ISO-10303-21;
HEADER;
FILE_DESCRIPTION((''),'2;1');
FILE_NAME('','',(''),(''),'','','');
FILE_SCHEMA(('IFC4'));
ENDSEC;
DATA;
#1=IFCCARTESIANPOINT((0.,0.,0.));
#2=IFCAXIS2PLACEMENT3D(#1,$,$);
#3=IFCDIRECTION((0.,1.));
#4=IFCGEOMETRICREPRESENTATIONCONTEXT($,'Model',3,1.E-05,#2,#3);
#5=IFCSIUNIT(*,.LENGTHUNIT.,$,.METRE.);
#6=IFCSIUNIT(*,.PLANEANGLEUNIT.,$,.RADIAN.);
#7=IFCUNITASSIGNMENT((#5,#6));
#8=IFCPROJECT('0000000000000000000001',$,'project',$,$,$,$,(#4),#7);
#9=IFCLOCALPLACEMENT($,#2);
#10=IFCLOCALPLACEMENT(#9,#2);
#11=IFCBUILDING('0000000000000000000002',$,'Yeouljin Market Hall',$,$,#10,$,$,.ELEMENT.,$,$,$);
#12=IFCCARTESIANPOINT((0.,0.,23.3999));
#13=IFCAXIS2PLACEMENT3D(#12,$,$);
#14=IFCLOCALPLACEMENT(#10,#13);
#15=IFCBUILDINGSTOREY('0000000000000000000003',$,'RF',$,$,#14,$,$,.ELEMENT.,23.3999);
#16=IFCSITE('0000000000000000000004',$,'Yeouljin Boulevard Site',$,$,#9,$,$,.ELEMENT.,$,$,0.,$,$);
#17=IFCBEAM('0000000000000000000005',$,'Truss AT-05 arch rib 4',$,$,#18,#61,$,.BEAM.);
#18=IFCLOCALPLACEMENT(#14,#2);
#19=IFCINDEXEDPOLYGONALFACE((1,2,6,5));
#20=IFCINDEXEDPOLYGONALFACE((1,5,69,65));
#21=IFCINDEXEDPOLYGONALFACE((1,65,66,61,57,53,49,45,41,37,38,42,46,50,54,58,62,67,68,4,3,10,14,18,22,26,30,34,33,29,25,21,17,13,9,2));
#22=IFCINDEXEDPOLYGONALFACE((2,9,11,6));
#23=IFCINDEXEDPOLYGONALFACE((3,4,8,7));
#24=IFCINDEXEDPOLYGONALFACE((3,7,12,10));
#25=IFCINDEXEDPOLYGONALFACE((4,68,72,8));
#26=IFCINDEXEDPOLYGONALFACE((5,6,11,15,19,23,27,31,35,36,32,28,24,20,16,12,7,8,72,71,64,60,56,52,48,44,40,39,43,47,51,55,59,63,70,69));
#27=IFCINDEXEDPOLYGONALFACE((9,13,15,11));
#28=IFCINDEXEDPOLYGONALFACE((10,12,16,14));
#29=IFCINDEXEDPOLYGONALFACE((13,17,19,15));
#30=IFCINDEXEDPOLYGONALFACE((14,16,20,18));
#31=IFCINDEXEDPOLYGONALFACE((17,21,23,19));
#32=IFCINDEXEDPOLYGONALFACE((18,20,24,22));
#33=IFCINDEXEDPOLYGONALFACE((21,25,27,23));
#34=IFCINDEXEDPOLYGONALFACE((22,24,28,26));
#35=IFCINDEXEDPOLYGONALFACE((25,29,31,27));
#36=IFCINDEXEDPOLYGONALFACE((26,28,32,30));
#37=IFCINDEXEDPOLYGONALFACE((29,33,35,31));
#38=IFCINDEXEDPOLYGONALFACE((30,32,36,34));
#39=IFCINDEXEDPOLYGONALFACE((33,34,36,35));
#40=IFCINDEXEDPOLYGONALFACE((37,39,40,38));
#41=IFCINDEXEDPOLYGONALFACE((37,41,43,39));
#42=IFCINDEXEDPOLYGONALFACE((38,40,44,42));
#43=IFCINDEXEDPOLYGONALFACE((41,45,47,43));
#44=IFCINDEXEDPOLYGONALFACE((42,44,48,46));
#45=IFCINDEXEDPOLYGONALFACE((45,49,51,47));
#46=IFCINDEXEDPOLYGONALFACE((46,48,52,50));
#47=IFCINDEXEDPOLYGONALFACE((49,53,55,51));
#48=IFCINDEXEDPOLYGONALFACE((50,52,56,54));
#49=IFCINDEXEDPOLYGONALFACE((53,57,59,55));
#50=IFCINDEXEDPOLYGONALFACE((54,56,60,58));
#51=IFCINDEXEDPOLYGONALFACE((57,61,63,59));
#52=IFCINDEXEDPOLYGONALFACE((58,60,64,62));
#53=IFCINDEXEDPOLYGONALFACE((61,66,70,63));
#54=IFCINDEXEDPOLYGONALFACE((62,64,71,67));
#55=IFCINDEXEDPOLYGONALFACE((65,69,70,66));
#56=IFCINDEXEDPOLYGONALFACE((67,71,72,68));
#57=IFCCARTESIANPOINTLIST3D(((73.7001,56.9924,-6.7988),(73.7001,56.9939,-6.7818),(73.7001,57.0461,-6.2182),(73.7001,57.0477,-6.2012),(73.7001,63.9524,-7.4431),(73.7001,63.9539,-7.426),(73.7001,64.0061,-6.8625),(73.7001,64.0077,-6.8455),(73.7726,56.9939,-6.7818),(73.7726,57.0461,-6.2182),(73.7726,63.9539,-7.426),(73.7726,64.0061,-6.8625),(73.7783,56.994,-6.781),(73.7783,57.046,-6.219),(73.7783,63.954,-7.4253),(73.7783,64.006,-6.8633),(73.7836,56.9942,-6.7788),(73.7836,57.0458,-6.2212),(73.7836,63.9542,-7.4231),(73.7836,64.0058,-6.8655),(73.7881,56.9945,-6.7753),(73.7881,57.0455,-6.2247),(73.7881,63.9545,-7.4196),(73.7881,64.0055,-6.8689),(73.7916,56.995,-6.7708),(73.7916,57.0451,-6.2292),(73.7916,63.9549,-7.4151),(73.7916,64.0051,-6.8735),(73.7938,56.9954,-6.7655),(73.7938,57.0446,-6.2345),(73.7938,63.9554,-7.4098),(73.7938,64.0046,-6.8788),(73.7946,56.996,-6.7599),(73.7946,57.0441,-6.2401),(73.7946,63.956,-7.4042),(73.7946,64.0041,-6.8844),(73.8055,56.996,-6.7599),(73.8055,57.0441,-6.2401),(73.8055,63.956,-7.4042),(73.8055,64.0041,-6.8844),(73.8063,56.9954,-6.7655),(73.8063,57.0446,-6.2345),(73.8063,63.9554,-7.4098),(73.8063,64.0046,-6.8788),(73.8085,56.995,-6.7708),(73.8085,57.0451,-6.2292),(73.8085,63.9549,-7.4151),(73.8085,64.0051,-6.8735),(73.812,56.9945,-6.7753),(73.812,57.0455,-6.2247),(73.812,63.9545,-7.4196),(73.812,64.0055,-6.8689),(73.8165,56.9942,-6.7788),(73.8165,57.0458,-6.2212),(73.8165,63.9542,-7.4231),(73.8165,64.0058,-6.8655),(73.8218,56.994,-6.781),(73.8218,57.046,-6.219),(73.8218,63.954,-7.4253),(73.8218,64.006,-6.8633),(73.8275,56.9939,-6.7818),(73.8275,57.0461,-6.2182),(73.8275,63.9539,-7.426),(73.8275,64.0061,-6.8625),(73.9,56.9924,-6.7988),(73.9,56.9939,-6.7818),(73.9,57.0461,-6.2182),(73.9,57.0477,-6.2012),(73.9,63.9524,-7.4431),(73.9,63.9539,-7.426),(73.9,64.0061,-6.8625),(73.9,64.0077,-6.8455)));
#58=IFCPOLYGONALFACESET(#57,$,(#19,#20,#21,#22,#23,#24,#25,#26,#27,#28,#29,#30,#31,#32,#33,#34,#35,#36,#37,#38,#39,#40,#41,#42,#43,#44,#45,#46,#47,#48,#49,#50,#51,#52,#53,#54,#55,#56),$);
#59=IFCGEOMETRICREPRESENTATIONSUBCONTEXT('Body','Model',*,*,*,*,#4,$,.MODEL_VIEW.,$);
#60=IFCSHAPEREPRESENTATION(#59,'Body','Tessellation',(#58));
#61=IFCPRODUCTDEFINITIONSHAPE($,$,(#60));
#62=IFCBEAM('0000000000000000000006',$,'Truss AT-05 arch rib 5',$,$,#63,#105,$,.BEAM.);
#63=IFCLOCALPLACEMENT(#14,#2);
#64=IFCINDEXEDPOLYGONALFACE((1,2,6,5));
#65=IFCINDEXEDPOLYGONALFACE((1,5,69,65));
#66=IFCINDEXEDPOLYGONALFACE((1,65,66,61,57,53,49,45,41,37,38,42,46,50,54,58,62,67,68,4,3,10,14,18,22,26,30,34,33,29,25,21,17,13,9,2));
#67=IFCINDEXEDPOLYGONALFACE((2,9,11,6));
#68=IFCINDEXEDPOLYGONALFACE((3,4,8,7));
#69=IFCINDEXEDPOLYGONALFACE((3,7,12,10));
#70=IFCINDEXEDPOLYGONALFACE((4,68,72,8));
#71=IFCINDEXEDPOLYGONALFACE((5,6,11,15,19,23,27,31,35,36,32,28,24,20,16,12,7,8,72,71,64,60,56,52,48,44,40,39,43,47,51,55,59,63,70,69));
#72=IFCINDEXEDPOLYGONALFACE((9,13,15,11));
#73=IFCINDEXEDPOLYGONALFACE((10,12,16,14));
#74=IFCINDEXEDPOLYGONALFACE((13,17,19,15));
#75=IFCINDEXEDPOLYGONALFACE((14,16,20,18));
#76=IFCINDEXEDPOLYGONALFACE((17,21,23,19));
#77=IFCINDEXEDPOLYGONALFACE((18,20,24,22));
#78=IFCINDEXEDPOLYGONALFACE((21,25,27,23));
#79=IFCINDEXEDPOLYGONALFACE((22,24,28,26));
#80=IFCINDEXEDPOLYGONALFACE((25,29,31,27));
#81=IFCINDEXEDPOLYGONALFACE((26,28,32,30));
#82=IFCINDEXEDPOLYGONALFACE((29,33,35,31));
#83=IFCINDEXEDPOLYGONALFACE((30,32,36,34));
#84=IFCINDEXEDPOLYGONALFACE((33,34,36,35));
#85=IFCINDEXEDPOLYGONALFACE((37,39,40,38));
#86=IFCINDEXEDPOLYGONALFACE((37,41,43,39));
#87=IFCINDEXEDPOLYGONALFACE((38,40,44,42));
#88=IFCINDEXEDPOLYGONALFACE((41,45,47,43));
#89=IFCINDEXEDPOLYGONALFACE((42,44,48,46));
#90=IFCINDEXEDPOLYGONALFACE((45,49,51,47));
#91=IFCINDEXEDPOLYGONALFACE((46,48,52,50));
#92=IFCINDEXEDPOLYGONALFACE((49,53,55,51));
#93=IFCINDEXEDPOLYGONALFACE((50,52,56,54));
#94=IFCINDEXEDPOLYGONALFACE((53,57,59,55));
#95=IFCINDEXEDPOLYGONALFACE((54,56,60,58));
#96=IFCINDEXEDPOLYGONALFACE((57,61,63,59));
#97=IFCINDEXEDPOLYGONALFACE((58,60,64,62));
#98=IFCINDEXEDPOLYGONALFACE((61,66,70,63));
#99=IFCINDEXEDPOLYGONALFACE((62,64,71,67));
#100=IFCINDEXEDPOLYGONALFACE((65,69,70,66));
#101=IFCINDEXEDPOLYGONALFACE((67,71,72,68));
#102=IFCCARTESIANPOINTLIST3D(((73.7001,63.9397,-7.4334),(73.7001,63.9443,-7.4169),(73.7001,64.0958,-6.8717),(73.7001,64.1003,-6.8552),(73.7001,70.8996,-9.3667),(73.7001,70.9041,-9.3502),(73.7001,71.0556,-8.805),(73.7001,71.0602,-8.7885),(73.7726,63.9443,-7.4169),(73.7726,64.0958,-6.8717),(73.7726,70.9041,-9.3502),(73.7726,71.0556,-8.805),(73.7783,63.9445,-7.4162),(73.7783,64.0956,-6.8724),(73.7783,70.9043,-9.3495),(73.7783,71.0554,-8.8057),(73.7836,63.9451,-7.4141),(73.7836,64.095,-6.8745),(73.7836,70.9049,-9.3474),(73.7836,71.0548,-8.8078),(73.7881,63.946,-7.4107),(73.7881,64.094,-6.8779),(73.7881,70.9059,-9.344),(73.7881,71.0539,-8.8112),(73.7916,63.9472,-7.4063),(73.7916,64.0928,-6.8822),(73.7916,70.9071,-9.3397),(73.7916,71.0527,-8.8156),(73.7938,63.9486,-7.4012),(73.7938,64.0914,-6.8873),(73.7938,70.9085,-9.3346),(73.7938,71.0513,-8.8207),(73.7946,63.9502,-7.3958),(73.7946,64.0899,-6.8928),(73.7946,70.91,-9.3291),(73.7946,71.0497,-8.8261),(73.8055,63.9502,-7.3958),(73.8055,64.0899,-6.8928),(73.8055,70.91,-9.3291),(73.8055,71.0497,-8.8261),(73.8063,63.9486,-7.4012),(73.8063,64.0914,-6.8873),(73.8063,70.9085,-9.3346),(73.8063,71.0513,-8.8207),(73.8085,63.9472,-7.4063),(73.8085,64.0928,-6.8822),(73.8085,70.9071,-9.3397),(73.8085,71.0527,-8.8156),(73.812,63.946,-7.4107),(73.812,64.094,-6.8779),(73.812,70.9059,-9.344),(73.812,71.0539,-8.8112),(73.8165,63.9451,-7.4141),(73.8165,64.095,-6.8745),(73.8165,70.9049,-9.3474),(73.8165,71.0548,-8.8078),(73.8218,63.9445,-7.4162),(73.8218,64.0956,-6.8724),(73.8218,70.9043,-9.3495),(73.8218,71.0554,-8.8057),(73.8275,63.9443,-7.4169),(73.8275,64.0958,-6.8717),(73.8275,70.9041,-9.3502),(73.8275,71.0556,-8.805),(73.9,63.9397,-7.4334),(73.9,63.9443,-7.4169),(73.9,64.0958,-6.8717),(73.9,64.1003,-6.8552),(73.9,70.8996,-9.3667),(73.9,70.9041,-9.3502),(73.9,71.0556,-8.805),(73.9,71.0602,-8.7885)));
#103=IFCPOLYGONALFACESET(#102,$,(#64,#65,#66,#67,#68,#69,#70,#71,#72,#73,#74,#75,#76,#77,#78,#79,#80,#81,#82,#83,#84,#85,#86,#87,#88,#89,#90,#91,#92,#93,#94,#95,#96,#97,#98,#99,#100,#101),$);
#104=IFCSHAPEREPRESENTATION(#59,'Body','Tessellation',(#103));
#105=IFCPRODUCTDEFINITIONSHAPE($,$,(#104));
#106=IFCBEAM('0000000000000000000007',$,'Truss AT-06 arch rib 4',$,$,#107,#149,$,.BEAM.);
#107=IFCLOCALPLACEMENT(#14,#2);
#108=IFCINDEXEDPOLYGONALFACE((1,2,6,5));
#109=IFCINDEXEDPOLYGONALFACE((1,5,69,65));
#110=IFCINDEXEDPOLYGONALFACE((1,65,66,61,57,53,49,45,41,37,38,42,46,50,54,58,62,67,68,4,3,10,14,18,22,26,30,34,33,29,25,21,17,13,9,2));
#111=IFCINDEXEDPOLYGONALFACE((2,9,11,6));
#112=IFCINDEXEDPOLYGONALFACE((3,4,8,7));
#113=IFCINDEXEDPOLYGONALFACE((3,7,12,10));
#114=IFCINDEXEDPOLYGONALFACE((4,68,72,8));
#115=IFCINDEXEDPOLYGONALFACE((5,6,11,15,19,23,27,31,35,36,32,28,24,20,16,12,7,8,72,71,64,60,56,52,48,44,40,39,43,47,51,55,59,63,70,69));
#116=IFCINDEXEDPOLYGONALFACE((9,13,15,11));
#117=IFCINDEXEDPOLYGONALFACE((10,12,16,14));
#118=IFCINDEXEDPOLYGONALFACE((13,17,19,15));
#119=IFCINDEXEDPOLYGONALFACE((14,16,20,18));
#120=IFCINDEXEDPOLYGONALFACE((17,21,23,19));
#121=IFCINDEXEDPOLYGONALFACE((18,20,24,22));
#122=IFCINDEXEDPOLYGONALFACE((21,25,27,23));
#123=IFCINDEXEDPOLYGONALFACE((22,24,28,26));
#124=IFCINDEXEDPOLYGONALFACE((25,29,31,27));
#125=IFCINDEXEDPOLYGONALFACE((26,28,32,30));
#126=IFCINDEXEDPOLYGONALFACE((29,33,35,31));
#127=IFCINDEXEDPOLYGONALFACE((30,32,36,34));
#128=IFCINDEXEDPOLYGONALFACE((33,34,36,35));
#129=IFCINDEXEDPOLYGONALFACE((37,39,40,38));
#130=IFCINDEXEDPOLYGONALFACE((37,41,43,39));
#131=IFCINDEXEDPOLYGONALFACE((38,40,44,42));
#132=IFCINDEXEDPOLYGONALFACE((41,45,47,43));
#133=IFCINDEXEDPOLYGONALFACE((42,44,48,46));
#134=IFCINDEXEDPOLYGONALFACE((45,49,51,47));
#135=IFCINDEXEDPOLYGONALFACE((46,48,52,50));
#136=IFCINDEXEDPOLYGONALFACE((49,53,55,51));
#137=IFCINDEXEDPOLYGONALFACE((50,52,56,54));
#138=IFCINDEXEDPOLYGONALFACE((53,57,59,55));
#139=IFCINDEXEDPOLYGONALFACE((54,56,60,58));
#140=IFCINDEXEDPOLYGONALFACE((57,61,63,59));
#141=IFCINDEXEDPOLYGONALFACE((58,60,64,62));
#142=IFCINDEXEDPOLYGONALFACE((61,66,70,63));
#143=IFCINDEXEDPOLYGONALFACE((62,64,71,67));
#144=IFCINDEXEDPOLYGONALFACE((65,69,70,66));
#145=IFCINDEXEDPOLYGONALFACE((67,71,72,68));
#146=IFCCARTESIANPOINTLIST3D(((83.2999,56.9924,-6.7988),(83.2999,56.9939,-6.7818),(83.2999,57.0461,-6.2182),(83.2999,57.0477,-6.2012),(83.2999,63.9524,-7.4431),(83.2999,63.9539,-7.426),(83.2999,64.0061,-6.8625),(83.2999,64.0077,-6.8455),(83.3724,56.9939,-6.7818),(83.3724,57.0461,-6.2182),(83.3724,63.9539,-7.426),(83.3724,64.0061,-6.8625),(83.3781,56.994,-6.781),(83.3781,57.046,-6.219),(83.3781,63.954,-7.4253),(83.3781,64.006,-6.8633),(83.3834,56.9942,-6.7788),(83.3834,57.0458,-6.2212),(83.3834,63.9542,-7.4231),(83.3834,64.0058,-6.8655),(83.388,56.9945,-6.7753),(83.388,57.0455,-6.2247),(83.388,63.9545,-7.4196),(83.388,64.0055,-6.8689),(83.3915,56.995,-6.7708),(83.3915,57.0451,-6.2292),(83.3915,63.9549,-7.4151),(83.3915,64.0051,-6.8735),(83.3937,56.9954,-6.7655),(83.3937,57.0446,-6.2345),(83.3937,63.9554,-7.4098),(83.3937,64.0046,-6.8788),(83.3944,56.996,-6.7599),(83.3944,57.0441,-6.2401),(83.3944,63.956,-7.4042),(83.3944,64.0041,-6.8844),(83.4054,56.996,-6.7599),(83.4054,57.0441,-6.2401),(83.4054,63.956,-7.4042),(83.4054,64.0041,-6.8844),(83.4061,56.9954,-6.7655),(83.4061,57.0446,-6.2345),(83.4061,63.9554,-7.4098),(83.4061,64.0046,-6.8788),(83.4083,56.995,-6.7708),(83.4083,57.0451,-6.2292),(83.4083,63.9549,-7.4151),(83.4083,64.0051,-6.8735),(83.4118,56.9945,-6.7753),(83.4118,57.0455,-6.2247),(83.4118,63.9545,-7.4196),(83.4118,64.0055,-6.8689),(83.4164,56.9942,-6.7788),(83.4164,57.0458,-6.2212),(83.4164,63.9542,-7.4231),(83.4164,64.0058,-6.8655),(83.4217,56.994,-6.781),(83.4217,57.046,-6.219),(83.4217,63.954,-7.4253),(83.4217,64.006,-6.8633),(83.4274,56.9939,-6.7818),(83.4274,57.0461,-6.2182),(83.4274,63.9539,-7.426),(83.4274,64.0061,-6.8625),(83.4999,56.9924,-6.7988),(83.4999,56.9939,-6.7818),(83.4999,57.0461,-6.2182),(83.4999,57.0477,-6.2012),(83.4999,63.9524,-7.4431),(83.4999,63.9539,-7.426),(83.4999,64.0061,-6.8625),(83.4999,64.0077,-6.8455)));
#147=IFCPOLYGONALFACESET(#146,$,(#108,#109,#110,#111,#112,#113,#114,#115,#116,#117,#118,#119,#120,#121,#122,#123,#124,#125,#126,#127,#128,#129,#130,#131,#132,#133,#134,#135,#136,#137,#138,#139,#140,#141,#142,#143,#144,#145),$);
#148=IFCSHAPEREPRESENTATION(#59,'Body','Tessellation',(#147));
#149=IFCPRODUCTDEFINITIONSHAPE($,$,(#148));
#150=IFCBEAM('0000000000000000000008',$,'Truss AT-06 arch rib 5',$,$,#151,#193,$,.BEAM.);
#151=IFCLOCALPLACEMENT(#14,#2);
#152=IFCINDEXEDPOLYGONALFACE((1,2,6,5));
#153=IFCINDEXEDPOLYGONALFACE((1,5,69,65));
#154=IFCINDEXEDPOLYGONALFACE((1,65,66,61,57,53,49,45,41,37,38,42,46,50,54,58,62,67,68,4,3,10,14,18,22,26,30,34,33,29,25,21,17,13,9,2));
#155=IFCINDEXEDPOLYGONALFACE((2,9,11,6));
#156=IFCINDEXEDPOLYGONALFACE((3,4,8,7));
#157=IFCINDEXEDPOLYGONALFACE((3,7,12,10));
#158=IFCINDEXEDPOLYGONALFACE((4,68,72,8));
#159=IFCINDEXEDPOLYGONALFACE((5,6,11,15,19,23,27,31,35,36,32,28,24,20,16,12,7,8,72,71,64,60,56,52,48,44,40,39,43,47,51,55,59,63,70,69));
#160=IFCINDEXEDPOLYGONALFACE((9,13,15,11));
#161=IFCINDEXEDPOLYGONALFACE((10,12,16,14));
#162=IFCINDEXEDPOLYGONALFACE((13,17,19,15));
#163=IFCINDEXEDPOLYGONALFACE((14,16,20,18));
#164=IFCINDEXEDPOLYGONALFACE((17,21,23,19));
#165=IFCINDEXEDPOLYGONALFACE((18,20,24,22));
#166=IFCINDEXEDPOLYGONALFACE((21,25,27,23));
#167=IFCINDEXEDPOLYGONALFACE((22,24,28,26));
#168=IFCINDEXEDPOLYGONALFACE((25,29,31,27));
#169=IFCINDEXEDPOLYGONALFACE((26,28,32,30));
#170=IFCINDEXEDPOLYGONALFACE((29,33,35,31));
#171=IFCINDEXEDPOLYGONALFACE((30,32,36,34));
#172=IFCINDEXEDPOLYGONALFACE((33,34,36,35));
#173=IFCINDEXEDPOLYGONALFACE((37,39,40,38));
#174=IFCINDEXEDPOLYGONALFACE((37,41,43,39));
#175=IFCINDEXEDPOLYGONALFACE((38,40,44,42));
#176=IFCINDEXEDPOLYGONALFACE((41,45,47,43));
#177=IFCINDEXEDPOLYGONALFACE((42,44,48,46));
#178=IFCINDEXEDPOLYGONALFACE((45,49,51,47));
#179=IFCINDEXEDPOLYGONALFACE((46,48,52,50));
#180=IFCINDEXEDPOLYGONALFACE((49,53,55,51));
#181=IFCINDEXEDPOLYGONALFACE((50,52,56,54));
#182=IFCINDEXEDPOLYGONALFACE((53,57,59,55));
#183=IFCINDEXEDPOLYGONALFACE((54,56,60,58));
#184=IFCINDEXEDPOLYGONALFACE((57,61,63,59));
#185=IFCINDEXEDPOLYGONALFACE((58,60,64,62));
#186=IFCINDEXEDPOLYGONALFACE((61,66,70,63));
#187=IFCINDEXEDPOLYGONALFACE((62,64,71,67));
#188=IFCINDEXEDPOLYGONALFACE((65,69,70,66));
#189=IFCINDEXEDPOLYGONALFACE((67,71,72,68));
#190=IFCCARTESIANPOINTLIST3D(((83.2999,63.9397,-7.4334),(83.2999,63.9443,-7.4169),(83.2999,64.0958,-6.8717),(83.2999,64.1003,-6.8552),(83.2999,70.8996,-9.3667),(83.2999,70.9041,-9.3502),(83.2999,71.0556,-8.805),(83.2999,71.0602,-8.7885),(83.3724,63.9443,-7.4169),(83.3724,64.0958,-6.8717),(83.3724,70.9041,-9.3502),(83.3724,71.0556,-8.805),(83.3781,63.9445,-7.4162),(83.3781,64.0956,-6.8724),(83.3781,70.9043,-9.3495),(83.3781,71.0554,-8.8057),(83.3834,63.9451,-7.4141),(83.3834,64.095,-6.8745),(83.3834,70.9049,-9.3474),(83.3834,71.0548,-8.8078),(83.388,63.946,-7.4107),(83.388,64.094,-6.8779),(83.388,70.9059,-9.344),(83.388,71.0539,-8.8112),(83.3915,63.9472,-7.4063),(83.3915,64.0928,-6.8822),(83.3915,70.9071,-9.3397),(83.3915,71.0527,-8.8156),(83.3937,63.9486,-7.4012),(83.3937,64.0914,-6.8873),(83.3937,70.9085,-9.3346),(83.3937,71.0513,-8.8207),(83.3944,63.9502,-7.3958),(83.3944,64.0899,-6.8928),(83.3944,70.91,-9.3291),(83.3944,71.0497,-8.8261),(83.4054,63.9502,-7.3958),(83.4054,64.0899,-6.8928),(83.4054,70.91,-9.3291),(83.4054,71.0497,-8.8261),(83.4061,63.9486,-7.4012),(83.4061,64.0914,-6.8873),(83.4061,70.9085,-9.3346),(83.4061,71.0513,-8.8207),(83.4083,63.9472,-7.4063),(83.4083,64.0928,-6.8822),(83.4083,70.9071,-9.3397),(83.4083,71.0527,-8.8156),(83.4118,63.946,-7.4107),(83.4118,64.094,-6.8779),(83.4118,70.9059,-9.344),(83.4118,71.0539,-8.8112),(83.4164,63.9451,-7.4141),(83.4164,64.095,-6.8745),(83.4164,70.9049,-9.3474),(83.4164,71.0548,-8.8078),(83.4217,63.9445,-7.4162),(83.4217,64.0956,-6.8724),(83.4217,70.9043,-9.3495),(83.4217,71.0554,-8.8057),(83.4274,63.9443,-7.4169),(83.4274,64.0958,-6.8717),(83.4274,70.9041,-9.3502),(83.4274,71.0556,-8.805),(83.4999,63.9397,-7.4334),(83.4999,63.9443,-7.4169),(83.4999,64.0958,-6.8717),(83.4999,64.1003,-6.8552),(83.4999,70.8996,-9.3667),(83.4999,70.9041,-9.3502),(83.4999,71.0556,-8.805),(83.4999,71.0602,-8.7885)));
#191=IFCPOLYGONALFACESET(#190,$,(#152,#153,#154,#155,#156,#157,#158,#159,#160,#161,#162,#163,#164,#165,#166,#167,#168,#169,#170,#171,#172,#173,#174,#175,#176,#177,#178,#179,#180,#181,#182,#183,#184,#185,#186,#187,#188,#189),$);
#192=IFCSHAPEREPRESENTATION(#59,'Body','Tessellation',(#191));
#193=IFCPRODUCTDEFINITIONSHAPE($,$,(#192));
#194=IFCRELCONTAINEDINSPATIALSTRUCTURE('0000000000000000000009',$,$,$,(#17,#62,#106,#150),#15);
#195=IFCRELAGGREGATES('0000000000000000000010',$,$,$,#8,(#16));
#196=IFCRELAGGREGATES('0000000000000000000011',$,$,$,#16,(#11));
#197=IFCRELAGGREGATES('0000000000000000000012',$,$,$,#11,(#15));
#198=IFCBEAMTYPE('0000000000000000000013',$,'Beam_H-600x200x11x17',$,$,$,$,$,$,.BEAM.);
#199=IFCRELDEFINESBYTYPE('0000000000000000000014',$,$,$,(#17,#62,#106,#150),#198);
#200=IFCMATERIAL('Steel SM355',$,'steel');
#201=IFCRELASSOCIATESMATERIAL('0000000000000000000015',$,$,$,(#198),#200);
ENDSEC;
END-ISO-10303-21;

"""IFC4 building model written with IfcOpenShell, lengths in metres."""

from ifc_helpers import new_model, si_unit, direction, frame, origin, origin_2d, place, context, subcontext, project, spatial, i_section, extrude, material, material_profile, profile_set, type_object, element, save


model = new_model("IFC4")

# Units and contexts
model_context = context("Model", 3, precision=1e-05, world=origin(), true_north=direction((0.0, 1.0)))
body_context = subcontext(model_context, "Body", "Model", "MODEL_VIEW")
ifc_project = project(units=[si_unit("LENGTHUNIT", "METRE"), si_unit("PLANEANGLEUNIT", "RADIAN")], contexts=[model_context])

# Site, building, storey
site_placement = place(None, origin())
site = spatial("IfcSite", under=ifc_project, at=site_placement, Name="Yeouljin Boulevard Site", CompositionType="ELEMENT", RefElevation=0.0)
building_placement = place(site_placement, origin())
building = spatial("IfcBuilding", under=site, at=building_placement, Name="Yeouljin Market Hall", CompositionType="ELEMENT")
storey_placement = place(building_placement, frame((0.0, 0.0, 23.3999)))
storey = spatial("IfcBuildingStorey", under=building, at=storey_placement, Name="RF", CompositionType="ELEMENT", Elevation=23.3999)

# Beams
ifc_material_1 = material(Name="Steel SM355", Category="steel")
ifc_material_profile_1 = material_profile(ifc_material_1, i_section(OverallWidth=0.2, OverallDepth=0.6001, WebThickness=0.011, FlangeThickness=0.0171, FilletRadius=0.022, at=origin_2d()), Name="H-600x200x11x17")
ifc_profile_set_1 = profile_set([ifc_material_profile_1], Name="Steel SM355")
beam_type = type_object("IfcBeamType", Name="Beam_H-600x200x11x17", PredefinedType="BEAM", material=ifc_profile_set_1)
beam_1_placement = place(storey_placement, frame((73.8, 57.02, -6.5), z_axis=(0.0, 0.995743, -0.092176), x_axis=(-1.0, 0.0, 0.0)))
element("IfcBeam", 1, at=beam_1_placement, inside=storey, type_object=beam_type, Name="Truss AT-05 arch rib 4", PredefinedType="BEAM", context=body_context, shape_type="SweptSolid", body=[
    extrude(i_section(OverallWidth=0.2, OverallDepth=0.6001, WebThickness=0.011, FlangeThickness=0.0171, FilletRadius=0.022, at=origin_2d()), origin(), (0.0, 0.0, 1.0), 6.9897),
])
beam_2_placement = place(storey_placement, frame((73.8, 64.02, -7.1443), z_axis=(0.0, 0.963517, -0.267647), x_axis=(-1.0, 0.0, 0.0)))
element("IfcBeam", 2, at=beam_2_placement, inside=storey, type_object=beam_type, Name="Truss AT-05 arch rib 5", PredefinedType="BEAM", context=body_context, shape_type="SweptSolid", body=[
    extrude(i_section(OverallWidth=0.2, OverallDepth=0.6001, WebThickness=0.011, FlangeThickness=0.0171, FilletRadius=0.022, at=origin_2d()), origin(), (0.0, 0.0, 1.0), 7.2234),
])
beam_3_placement = place(storey_placement, frame((83.3999, 57.02, -6.5), z_axis=(0.0, 0.995743, -0.092176), x_axis=(-1.0, 0.0, 0.0)))
element("IfcBeam", 3, at=beam_3_placement, inside=storey, type_object=beam_type, Name="Truss AT-06 arch rib 4", PredefinedType="BEAM", context=body_context, shape_type="SweptSolid", body=[
    extrude(i_section(OverallWidth=0.2, OverallDepth=0.6001, WebThickness=0.011, FlangeThickness=0.0171, FilletRadius=0.022, at=origin_2d()), origin(), (0.0, 0.0, 1.0), 6.9897),
])
beam_4_placement = place(storey_placement, frame((83.3999, 64.02, -7.1443), z_axis=(0.0, 0.963517, -0.267647), x_axis=(-1.0, 0.0, 0.0)))
element("IfcBeam", 4, at=beam_4_placement, inside=storey, type_object=beam_type, Name="Truss AT-06 arch rib 5", PredefinedType="BEAM", context=body_context, shape_type="SweptSolid", body=[
    extrude(i_section(OverallWidth=0.2, OverallDepth=0.6001, WebThickness=0.011, FlangeThickness=0.0171, FilletRadius=0.022, at=origin_2d()), origin(), (0.0, 0.0, 1.0), 7.2234),
])

save(model, "model.ifc")
